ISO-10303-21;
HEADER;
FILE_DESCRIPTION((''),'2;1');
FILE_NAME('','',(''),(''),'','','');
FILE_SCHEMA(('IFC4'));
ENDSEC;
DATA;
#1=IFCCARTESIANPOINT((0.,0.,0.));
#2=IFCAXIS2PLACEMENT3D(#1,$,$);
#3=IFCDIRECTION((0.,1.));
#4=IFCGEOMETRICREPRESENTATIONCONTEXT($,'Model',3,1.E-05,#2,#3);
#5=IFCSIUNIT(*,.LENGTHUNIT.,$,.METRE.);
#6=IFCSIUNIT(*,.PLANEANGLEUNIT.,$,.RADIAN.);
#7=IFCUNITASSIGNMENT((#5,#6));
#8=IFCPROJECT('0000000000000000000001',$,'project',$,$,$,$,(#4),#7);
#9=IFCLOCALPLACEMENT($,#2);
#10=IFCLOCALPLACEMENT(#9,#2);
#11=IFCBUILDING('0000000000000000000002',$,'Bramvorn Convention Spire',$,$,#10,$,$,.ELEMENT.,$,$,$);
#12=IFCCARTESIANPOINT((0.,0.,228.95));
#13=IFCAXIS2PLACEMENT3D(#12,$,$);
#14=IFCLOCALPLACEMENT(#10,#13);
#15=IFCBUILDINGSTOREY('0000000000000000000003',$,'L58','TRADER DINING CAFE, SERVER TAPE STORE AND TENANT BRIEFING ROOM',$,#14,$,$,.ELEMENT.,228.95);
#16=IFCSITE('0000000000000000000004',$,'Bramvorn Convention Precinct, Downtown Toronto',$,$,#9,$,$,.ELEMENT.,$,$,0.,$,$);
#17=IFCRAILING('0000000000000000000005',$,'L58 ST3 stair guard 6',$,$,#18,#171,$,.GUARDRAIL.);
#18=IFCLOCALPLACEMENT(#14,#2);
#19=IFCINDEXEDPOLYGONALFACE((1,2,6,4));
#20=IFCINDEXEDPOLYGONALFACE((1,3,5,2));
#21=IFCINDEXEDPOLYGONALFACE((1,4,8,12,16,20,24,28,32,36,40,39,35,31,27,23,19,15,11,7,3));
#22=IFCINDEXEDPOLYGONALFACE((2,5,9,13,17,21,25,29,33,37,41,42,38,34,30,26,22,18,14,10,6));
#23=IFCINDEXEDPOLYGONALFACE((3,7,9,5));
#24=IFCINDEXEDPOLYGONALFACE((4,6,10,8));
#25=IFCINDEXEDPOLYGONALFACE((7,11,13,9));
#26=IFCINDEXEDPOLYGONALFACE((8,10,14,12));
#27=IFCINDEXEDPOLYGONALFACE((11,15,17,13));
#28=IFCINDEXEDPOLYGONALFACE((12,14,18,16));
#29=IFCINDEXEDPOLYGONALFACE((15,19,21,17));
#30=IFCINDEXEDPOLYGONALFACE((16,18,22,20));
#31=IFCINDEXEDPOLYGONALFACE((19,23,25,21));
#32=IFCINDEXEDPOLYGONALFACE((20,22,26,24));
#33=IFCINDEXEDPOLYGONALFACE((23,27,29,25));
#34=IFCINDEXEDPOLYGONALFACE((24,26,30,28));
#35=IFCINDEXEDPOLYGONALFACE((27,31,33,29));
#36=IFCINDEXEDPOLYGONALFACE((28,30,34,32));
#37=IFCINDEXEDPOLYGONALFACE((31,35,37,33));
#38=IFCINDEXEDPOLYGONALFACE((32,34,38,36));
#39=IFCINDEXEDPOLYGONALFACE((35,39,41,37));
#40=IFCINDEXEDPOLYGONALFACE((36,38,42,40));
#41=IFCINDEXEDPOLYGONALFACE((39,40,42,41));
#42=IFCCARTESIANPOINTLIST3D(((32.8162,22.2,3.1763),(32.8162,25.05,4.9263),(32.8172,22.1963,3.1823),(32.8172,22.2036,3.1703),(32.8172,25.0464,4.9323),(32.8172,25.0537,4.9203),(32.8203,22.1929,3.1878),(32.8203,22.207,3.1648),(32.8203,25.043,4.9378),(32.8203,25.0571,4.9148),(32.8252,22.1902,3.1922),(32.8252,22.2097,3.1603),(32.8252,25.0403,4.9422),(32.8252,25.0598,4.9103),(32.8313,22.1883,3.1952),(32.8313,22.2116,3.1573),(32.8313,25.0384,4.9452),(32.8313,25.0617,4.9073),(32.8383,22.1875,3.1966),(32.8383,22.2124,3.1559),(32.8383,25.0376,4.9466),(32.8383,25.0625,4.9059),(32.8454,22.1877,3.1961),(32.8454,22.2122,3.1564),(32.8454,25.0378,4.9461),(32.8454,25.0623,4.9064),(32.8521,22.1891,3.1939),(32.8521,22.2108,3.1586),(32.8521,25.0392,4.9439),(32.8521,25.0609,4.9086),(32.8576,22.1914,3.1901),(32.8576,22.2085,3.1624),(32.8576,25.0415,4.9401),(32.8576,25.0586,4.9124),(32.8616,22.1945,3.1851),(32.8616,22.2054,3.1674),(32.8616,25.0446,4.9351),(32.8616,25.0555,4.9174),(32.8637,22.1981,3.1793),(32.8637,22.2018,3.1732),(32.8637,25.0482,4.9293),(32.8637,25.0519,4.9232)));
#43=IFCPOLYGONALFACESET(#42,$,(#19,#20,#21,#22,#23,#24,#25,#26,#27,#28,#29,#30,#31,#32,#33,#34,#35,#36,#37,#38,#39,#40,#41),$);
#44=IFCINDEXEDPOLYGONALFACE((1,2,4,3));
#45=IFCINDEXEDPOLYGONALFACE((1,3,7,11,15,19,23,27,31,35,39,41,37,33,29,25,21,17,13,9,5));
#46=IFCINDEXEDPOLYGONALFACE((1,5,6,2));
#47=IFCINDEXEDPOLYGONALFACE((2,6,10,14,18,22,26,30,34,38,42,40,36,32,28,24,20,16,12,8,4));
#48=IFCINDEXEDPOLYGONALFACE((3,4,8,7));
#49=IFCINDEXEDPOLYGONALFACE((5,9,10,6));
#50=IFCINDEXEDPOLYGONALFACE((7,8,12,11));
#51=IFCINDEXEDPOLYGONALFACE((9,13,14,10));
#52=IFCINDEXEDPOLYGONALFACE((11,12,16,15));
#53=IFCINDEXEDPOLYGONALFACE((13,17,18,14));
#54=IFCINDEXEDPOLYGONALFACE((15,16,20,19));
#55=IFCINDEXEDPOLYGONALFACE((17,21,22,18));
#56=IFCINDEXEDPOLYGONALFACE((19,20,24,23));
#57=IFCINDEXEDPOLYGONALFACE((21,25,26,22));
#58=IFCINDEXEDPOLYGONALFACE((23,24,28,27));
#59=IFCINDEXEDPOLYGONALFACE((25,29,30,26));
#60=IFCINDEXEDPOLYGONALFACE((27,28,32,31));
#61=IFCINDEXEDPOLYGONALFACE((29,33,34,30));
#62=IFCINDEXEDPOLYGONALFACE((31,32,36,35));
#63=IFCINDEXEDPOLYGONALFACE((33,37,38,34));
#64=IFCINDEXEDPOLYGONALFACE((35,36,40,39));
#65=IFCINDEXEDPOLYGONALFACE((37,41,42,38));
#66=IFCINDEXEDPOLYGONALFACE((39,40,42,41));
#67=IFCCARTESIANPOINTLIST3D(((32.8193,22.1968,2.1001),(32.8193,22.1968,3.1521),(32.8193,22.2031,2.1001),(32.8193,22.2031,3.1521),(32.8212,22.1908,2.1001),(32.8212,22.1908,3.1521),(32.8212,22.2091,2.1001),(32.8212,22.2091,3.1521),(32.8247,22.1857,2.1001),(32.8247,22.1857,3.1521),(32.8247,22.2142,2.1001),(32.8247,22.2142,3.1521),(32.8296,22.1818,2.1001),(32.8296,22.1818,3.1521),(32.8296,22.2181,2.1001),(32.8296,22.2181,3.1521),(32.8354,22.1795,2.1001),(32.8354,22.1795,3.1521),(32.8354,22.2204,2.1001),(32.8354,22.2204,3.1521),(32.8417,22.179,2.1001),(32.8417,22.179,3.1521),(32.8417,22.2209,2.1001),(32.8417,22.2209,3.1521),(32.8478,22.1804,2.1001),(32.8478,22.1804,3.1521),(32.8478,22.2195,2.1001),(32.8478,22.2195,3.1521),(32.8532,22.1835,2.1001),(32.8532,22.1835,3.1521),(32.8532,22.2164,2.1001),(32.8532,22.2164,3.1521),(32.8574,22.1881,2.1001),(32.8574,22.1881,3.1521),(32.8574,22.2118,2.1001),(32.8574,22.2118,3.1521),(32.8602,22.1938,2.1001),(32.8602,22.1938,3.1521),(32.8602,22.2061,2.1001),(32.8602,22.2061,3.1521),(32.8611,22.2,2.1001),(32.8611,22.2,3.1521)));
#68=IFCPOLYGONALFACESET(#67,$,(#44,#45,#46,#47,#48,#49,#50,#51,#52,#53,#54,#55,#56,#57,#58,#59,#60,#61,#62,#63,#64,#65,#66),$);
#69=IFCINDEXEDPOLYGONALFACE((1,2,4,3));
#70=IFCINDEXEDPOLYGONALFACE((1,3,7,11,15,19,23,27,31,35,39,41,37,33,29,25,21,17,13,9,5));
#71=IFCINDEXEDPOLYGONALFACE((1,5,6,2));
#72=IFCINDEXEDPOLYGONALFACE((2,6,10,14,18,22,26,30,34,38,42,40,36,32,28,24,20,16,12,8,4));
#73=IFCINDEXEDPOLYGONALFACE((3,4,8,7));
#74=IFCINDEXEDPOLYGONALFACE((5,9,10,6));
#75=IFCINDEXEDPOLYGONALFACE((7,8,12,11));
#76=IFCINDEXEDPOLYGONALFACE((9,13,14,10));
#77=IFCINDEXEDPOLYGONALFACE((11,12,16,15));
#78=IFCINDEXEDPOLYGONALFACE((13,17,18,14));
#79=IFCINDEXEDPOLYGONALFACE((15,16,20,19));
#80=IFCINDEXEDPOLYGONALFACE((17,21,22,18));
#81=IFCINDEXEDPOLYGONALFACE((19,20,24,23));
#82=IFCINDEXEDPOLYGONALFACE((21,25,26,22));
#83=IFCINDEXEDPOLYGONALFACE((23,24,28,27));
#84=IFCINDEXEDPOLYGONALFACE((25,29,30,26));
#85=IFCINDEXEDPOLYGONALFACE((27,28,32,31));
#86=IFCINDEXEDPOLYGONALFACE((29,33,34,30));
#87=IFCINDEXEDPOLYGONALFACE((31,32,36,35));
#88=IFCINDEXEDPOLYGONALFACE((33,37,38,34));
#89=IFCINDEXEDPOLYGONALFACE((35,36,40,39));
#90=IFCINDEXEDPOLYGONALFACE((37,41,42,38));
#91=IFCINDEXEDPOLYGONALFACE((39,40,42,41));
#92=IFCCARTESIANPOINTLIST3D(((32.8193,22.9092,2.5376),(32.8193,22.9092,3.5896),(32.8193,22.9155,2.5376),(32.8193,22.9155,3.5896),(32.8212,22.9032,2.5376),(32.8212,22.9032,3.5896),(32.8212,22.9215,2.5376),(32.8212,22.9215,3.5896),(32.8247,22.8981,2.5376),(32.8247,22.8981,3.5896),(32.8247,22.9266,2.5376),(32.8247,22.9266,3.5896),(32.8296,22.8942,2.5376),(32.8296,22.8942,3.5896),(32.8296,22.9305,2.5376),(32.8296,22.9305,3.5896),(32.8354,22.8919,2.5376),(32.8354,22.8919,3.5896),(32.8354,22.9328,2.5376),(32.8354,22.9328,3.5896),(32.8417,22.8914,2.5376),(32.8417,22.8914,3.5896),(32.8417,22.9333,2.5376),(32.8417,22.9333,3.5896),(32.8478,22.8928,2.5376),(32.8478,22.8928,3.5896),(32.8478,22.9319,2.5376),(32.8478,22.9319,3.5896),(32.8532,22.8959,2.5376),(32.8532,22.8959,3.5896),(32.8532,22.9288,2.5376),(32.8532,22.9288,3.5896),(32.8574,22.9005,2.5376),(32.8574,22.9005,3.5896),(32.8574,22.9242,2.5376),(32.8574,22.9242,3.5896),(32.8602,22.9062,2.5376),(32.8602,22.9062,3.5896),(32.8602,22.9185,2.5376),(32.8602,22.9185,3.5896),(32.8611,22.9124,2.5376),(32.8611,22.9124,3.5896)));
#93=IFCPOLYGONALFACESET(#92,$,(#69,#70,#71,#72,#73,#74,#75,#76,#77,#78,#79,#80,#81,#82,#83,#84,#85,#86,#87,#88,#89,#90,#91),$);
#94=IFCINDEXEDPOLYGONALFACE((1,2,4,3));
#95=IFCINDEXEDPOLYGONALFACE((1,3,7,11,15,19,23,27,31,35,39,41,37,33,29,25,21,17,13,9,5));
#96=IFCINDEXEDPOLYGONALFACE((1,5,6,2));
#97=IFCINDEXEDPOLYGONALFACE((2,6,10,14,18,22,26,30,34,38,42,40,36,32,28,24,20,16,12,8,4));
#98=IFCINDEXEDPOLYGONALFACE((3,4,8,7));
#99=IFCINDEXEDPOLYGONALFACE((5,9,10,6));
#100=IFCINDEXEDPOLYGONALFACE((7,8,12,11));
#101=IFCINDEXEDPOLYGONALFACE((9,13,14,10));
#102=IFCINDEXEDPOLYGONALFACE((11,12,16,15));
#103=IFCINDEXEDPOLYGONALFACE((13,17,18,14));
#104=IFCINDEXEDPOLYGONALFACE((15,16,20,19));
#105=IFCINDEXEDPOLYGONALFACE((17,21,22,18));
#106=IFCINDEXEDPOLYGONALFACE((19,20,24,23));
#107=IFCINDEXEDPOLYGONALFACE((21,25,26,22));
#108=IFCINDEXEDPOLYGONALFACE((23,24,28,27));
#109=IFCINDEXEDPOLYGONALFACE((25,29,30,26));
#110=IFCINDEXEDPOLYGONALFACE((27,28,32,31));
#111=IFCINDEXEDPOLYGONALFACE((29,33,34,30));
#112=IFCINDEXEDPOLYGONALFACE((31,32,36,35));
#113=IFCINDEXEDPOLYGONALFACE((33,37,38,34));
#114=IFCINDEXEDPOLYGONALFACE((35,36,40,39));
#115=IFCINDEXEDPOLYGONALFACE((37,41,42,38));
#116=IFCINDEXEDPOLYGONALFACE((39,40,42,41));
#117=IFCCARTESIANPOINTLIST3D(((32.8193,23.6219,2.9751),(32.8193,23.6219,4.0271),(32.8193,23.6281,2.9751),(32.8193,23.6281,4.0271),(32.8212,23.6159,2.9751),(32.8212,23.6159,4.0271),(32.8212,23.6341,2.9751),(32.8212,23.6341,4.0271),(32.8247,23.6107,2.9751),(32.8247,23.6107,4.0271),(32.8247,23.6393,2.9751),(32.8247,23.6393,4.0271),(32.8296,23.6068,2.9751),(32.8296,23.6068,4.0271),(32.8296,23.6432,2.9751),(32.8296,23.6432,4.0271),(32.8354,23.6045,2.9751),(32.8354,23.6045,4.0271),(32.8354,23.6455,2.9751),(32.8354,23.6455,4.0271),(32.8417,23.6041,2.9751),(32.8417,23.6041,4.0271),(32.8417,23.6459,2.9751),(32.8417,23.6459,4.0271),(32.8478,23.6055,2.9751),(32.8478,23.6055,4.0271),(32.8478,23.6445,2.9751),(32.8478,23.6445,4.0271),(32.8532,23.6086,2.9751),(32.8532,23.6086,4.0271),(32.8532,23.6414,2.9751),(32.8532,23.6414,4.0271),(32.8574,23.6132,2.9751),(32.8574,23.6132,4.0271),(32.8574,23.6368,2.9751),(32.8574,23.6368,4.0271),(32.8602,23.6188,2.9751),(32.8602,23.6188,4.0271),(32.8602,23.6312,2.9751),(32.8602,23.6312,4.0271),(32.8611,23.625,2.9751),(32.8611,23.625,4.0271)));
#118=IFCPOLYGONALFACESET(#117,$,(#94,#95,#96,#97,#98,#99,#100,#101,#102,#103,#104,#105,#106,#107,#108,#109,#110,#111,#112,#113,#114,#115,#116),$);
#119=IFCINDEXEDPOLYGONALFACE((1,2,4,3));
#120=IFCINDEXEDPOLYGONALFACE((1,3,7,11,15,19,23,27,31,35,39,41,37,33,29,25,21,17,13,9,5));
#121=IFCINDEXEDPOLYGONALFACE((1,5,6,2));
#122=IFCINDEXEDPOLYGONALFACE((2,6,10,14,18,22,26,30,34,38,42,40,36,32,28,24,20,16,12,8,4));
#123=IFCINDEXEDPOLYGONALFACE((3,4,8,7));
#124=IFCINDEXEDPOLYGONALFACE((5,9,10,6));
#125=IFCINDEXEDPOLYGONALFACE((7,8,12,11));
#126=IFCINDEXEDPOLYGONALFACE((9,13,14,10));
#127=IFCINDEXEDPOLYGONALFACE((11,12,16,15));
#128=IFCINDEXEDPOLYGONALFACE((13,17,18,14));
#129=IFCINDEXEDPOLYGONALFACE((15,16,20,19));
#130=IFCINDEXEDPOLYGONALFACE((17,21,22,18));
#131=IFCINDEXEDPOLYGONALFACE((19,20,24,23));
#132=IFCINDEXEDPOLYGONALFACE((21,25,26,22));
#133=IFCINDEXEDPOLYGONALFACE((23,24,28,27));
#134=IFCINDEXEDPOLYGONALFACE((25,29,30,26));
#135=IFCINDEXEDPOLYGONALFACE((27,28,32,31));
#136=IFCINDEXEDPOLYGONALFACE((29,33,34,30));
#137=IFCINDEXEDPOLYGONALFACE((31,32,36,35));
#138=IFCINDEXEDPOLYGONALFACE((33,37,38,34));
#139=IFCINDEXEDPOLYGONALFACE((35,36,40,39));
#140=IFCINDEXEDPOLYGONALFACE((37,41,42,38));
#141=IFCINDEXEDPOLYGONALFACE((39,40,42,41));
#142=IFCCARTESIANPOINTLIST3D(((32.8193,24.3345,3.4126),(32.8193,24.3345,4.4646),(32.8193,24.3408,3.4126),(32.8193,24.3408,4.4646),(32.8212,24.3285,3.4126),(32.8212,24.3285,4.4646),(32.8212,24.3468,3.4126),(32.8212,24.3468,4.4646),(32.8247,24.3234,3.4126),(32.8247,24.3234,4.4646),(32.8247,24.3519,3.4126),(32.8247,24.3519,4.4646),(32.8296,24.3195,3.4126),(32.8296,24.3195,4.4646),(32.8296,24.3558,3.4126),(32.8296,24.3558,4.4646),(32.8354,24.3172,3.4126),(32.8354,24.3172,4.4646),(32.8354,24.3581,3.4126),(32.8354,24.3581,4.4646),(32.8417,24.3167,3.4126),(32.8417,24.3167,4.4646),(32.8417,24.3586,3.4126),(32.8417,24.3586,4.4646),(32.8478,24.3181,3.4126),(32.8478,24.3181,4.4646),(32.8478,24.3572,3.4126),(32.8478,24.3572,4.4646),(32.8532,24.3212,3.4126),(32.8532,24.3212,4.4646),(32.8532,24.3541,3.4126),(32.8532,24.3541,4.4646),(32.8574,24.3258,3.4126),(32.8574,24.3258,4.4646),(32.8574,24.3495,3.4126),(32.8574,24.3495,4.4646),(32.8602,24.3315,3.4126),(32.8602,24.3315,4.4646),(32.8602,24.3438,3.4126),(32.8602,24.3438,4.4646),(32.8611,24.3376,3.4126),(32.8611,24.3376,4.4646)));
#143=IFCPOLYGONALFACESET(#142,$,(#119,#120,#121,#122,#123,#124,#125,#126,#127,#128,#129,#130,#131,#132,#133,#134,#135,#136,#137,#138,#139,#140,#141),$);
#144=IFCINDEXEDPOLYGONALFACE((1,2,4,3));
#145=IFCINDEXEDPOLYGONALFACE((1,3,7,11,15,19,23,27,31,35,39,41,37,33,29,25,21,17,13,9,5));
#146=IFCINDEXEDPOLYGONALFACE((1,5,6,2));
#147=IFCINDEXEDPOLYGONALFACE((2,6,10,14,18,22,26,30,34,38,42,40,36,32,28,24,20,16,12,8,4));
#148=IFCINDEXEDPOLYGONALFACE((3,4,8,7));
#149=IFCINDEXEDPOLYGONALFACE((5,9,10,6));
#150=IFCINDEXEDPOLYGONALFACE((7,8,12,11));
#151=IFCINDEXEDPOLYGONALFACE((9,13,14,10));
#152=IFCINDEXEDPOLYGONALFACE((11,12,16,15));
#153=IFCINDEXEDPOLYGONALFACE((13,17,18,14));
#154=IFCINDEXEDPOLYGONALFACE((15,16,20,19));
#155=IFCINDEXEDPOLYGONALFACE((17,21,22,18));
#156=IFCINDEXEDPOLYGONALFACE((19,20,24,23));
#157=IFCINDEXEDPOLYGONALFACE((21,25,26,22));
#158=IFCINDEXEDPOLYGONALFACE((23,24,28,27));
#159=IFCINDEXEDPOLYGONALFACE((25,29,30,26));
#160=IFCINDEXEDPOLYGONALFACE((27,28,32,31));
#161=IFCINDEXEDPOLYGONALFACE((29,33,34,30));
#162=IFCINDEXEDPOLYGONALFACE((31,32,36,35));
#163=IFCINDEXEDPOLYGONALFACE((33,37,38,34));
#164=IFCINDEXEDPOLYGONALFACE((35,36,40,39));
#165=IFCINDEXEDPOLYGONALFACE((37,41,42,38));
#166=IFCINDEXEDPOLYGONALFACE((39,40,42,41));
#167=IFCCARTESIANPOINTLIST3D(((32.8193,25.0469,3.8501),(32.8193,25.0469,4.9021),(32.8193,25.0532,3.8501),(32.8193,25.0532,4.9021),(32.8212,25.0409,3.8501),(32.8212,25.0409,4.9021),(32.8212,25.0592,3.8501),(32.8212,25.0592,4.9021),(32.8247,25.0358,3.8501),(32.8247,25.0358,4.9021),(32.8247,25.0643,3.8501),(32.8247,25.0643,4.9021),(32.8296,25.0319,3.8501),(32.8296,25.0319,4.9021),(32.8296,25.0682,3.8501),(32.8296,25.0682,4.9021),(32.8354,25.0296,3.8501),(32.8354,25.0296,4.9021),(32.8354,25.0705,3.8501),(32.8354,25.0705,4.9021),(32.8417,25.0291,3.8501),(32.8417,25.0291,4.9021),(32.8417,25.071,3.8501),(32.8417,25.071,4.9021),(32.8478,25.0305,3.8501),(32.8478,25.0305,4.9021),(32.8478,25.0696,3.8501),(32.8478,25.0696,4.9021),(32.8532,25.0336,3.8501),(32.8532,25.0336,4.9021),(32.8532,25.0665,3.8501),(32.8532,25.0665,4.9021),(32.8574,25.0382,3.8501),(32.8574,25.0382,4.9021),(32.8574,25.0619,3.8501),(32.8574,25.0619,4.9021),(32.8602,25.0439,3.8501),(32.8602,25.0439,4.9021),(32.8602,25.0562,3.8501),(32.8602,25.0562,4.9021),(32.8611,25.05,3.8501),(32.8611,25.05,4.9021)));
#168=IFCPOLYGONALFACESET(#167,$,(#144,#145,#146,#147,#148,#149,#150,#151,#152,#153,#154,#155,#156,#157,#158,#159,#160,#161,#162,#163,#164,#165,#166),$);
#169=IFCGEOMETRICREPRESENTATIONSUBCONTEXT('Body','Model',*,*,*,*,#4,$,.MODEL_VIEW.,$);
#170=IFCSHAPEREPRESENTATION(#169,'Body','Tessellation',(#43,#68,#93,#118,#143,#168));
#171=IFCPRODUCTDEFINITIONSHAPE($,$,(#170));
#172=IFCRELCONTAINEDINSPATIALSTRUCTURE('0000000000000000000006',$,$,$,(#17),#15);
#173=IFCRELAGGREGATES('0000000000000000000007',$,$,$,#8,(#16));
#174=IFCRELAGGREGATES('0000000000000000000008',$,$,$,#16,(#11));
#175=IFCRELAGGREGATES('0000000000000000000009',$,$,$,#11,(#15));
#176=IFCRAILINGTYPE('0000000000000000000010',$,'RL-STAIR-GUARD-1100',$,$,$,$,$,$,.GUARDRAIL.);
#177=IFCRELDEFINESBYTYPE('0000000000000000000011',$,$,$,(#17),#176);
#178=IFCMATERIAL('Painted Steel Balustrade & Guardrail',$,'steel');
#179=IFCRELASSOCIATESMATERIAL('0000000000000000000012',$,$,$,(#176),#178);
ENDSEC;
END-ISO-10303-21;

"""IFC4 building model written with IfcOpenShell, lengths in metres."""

from ifc_helpers import new_model, si_unit, direction, frame, origin, origin_2d, place, context, subcontext, project, spatial, circle, extrude, material, type_object, element, save


model = new_model("IFC4")

# Units and contexts
model_context = context("Model", 3, precision=1e-05, world=origin(), true_north=direction((0.0, 1.0)))
body_context = subcontext(model_context, "Body", "Model", "MODEL_VIEW")
ifc_project = project(units=[si_unit("LENGTHUNIT", "METRE"), si_unit("PLANEANGLEUNIT", "RADIAN")], contexts=[model_context])

# Site, building, storey
site_placement = place(None, origin())
site = spatial("IfcSite", under=ifc_project, at=site_placement, Name="Bramvorn Convention Precinct, Downtown Toronto", CompositionType="ELEMENT", RefElevation=0.0)
building_placement = place(site_placement, origin())
building = spatial("IfcBuilding", under=site, at=building_placement, Name="Bramvorn Convention Spire", CompositionType="ELEMENT")
storey_placement = place(building_placement, frame((0.0, 0.0, 228.95)))
storey = spatial("IfcBuildingStorey", under=building, at=storey_placement, Name="L58", Description="TRADER DINING CAFE, SERVER TAPE STORE AND TENANT BRIEFING ROOM", CompositionType="ELEMENT", Elevation=228.95)

# Railing
ifc_material_1 = material(Name="Painted Steel Balustrade & Guardrail", Category="steel")
railing_type_1 = type_object("IfcRailingType", Name="RL-STAIR-GUARD-1100", PredefinedType="GUARDRAIL", material=ifc_material_1)
railing_1_placement = place(storey_placement, frame((32.8401, 22.2, 2.1001)))
element("IfcRailing", 1, at=railing_1_placement, inside=storey, type_object=railing_type_1, Name="L58 ST3 stair guard 6", PredefinedType="GUARDRAIL", context=body_context, shape_type="SweptSolid", body=[
    extrude(circle(Radius=0.0239, at=origin_2d()), frame((0.0, 0.0, 1.0762), z_axis=(0.0, 0.852179, 0.52325), x_axis=(-1.0, 0.0, 0.0)), (0.0, 0.0, 1.0), 3.3445),
    extrude(circle(Radius=0.021, at=origin_2d()), origin(), (0.0, 0.0, 1.0), 1.052),
    extrude(circle(Radius=0.021, at=origin_2d()), frame((0.0, 0.7124, 0.4375)), (0.0, 0.0, 1.0), 1.052),
    extrude(circle(Radius=0.021, at=origin_2d()), frame((0.0, 1.425, 0.875)), (0.0, 0.0, 1.0), 1.052),
    extrude(circle(Radius=0.021, at=origin_2d()), frame((0.0, 2.1377, 1.3125)), (0.0, 0.0, 1.0), 1.052),
    extrude(circle(Radius=0.021, at=origin_2d()), frame((0.0, 2.8501, 1.75)), (0.0, 0.0, 1.0), 1.052),
])

save(model, "model.ifc")
